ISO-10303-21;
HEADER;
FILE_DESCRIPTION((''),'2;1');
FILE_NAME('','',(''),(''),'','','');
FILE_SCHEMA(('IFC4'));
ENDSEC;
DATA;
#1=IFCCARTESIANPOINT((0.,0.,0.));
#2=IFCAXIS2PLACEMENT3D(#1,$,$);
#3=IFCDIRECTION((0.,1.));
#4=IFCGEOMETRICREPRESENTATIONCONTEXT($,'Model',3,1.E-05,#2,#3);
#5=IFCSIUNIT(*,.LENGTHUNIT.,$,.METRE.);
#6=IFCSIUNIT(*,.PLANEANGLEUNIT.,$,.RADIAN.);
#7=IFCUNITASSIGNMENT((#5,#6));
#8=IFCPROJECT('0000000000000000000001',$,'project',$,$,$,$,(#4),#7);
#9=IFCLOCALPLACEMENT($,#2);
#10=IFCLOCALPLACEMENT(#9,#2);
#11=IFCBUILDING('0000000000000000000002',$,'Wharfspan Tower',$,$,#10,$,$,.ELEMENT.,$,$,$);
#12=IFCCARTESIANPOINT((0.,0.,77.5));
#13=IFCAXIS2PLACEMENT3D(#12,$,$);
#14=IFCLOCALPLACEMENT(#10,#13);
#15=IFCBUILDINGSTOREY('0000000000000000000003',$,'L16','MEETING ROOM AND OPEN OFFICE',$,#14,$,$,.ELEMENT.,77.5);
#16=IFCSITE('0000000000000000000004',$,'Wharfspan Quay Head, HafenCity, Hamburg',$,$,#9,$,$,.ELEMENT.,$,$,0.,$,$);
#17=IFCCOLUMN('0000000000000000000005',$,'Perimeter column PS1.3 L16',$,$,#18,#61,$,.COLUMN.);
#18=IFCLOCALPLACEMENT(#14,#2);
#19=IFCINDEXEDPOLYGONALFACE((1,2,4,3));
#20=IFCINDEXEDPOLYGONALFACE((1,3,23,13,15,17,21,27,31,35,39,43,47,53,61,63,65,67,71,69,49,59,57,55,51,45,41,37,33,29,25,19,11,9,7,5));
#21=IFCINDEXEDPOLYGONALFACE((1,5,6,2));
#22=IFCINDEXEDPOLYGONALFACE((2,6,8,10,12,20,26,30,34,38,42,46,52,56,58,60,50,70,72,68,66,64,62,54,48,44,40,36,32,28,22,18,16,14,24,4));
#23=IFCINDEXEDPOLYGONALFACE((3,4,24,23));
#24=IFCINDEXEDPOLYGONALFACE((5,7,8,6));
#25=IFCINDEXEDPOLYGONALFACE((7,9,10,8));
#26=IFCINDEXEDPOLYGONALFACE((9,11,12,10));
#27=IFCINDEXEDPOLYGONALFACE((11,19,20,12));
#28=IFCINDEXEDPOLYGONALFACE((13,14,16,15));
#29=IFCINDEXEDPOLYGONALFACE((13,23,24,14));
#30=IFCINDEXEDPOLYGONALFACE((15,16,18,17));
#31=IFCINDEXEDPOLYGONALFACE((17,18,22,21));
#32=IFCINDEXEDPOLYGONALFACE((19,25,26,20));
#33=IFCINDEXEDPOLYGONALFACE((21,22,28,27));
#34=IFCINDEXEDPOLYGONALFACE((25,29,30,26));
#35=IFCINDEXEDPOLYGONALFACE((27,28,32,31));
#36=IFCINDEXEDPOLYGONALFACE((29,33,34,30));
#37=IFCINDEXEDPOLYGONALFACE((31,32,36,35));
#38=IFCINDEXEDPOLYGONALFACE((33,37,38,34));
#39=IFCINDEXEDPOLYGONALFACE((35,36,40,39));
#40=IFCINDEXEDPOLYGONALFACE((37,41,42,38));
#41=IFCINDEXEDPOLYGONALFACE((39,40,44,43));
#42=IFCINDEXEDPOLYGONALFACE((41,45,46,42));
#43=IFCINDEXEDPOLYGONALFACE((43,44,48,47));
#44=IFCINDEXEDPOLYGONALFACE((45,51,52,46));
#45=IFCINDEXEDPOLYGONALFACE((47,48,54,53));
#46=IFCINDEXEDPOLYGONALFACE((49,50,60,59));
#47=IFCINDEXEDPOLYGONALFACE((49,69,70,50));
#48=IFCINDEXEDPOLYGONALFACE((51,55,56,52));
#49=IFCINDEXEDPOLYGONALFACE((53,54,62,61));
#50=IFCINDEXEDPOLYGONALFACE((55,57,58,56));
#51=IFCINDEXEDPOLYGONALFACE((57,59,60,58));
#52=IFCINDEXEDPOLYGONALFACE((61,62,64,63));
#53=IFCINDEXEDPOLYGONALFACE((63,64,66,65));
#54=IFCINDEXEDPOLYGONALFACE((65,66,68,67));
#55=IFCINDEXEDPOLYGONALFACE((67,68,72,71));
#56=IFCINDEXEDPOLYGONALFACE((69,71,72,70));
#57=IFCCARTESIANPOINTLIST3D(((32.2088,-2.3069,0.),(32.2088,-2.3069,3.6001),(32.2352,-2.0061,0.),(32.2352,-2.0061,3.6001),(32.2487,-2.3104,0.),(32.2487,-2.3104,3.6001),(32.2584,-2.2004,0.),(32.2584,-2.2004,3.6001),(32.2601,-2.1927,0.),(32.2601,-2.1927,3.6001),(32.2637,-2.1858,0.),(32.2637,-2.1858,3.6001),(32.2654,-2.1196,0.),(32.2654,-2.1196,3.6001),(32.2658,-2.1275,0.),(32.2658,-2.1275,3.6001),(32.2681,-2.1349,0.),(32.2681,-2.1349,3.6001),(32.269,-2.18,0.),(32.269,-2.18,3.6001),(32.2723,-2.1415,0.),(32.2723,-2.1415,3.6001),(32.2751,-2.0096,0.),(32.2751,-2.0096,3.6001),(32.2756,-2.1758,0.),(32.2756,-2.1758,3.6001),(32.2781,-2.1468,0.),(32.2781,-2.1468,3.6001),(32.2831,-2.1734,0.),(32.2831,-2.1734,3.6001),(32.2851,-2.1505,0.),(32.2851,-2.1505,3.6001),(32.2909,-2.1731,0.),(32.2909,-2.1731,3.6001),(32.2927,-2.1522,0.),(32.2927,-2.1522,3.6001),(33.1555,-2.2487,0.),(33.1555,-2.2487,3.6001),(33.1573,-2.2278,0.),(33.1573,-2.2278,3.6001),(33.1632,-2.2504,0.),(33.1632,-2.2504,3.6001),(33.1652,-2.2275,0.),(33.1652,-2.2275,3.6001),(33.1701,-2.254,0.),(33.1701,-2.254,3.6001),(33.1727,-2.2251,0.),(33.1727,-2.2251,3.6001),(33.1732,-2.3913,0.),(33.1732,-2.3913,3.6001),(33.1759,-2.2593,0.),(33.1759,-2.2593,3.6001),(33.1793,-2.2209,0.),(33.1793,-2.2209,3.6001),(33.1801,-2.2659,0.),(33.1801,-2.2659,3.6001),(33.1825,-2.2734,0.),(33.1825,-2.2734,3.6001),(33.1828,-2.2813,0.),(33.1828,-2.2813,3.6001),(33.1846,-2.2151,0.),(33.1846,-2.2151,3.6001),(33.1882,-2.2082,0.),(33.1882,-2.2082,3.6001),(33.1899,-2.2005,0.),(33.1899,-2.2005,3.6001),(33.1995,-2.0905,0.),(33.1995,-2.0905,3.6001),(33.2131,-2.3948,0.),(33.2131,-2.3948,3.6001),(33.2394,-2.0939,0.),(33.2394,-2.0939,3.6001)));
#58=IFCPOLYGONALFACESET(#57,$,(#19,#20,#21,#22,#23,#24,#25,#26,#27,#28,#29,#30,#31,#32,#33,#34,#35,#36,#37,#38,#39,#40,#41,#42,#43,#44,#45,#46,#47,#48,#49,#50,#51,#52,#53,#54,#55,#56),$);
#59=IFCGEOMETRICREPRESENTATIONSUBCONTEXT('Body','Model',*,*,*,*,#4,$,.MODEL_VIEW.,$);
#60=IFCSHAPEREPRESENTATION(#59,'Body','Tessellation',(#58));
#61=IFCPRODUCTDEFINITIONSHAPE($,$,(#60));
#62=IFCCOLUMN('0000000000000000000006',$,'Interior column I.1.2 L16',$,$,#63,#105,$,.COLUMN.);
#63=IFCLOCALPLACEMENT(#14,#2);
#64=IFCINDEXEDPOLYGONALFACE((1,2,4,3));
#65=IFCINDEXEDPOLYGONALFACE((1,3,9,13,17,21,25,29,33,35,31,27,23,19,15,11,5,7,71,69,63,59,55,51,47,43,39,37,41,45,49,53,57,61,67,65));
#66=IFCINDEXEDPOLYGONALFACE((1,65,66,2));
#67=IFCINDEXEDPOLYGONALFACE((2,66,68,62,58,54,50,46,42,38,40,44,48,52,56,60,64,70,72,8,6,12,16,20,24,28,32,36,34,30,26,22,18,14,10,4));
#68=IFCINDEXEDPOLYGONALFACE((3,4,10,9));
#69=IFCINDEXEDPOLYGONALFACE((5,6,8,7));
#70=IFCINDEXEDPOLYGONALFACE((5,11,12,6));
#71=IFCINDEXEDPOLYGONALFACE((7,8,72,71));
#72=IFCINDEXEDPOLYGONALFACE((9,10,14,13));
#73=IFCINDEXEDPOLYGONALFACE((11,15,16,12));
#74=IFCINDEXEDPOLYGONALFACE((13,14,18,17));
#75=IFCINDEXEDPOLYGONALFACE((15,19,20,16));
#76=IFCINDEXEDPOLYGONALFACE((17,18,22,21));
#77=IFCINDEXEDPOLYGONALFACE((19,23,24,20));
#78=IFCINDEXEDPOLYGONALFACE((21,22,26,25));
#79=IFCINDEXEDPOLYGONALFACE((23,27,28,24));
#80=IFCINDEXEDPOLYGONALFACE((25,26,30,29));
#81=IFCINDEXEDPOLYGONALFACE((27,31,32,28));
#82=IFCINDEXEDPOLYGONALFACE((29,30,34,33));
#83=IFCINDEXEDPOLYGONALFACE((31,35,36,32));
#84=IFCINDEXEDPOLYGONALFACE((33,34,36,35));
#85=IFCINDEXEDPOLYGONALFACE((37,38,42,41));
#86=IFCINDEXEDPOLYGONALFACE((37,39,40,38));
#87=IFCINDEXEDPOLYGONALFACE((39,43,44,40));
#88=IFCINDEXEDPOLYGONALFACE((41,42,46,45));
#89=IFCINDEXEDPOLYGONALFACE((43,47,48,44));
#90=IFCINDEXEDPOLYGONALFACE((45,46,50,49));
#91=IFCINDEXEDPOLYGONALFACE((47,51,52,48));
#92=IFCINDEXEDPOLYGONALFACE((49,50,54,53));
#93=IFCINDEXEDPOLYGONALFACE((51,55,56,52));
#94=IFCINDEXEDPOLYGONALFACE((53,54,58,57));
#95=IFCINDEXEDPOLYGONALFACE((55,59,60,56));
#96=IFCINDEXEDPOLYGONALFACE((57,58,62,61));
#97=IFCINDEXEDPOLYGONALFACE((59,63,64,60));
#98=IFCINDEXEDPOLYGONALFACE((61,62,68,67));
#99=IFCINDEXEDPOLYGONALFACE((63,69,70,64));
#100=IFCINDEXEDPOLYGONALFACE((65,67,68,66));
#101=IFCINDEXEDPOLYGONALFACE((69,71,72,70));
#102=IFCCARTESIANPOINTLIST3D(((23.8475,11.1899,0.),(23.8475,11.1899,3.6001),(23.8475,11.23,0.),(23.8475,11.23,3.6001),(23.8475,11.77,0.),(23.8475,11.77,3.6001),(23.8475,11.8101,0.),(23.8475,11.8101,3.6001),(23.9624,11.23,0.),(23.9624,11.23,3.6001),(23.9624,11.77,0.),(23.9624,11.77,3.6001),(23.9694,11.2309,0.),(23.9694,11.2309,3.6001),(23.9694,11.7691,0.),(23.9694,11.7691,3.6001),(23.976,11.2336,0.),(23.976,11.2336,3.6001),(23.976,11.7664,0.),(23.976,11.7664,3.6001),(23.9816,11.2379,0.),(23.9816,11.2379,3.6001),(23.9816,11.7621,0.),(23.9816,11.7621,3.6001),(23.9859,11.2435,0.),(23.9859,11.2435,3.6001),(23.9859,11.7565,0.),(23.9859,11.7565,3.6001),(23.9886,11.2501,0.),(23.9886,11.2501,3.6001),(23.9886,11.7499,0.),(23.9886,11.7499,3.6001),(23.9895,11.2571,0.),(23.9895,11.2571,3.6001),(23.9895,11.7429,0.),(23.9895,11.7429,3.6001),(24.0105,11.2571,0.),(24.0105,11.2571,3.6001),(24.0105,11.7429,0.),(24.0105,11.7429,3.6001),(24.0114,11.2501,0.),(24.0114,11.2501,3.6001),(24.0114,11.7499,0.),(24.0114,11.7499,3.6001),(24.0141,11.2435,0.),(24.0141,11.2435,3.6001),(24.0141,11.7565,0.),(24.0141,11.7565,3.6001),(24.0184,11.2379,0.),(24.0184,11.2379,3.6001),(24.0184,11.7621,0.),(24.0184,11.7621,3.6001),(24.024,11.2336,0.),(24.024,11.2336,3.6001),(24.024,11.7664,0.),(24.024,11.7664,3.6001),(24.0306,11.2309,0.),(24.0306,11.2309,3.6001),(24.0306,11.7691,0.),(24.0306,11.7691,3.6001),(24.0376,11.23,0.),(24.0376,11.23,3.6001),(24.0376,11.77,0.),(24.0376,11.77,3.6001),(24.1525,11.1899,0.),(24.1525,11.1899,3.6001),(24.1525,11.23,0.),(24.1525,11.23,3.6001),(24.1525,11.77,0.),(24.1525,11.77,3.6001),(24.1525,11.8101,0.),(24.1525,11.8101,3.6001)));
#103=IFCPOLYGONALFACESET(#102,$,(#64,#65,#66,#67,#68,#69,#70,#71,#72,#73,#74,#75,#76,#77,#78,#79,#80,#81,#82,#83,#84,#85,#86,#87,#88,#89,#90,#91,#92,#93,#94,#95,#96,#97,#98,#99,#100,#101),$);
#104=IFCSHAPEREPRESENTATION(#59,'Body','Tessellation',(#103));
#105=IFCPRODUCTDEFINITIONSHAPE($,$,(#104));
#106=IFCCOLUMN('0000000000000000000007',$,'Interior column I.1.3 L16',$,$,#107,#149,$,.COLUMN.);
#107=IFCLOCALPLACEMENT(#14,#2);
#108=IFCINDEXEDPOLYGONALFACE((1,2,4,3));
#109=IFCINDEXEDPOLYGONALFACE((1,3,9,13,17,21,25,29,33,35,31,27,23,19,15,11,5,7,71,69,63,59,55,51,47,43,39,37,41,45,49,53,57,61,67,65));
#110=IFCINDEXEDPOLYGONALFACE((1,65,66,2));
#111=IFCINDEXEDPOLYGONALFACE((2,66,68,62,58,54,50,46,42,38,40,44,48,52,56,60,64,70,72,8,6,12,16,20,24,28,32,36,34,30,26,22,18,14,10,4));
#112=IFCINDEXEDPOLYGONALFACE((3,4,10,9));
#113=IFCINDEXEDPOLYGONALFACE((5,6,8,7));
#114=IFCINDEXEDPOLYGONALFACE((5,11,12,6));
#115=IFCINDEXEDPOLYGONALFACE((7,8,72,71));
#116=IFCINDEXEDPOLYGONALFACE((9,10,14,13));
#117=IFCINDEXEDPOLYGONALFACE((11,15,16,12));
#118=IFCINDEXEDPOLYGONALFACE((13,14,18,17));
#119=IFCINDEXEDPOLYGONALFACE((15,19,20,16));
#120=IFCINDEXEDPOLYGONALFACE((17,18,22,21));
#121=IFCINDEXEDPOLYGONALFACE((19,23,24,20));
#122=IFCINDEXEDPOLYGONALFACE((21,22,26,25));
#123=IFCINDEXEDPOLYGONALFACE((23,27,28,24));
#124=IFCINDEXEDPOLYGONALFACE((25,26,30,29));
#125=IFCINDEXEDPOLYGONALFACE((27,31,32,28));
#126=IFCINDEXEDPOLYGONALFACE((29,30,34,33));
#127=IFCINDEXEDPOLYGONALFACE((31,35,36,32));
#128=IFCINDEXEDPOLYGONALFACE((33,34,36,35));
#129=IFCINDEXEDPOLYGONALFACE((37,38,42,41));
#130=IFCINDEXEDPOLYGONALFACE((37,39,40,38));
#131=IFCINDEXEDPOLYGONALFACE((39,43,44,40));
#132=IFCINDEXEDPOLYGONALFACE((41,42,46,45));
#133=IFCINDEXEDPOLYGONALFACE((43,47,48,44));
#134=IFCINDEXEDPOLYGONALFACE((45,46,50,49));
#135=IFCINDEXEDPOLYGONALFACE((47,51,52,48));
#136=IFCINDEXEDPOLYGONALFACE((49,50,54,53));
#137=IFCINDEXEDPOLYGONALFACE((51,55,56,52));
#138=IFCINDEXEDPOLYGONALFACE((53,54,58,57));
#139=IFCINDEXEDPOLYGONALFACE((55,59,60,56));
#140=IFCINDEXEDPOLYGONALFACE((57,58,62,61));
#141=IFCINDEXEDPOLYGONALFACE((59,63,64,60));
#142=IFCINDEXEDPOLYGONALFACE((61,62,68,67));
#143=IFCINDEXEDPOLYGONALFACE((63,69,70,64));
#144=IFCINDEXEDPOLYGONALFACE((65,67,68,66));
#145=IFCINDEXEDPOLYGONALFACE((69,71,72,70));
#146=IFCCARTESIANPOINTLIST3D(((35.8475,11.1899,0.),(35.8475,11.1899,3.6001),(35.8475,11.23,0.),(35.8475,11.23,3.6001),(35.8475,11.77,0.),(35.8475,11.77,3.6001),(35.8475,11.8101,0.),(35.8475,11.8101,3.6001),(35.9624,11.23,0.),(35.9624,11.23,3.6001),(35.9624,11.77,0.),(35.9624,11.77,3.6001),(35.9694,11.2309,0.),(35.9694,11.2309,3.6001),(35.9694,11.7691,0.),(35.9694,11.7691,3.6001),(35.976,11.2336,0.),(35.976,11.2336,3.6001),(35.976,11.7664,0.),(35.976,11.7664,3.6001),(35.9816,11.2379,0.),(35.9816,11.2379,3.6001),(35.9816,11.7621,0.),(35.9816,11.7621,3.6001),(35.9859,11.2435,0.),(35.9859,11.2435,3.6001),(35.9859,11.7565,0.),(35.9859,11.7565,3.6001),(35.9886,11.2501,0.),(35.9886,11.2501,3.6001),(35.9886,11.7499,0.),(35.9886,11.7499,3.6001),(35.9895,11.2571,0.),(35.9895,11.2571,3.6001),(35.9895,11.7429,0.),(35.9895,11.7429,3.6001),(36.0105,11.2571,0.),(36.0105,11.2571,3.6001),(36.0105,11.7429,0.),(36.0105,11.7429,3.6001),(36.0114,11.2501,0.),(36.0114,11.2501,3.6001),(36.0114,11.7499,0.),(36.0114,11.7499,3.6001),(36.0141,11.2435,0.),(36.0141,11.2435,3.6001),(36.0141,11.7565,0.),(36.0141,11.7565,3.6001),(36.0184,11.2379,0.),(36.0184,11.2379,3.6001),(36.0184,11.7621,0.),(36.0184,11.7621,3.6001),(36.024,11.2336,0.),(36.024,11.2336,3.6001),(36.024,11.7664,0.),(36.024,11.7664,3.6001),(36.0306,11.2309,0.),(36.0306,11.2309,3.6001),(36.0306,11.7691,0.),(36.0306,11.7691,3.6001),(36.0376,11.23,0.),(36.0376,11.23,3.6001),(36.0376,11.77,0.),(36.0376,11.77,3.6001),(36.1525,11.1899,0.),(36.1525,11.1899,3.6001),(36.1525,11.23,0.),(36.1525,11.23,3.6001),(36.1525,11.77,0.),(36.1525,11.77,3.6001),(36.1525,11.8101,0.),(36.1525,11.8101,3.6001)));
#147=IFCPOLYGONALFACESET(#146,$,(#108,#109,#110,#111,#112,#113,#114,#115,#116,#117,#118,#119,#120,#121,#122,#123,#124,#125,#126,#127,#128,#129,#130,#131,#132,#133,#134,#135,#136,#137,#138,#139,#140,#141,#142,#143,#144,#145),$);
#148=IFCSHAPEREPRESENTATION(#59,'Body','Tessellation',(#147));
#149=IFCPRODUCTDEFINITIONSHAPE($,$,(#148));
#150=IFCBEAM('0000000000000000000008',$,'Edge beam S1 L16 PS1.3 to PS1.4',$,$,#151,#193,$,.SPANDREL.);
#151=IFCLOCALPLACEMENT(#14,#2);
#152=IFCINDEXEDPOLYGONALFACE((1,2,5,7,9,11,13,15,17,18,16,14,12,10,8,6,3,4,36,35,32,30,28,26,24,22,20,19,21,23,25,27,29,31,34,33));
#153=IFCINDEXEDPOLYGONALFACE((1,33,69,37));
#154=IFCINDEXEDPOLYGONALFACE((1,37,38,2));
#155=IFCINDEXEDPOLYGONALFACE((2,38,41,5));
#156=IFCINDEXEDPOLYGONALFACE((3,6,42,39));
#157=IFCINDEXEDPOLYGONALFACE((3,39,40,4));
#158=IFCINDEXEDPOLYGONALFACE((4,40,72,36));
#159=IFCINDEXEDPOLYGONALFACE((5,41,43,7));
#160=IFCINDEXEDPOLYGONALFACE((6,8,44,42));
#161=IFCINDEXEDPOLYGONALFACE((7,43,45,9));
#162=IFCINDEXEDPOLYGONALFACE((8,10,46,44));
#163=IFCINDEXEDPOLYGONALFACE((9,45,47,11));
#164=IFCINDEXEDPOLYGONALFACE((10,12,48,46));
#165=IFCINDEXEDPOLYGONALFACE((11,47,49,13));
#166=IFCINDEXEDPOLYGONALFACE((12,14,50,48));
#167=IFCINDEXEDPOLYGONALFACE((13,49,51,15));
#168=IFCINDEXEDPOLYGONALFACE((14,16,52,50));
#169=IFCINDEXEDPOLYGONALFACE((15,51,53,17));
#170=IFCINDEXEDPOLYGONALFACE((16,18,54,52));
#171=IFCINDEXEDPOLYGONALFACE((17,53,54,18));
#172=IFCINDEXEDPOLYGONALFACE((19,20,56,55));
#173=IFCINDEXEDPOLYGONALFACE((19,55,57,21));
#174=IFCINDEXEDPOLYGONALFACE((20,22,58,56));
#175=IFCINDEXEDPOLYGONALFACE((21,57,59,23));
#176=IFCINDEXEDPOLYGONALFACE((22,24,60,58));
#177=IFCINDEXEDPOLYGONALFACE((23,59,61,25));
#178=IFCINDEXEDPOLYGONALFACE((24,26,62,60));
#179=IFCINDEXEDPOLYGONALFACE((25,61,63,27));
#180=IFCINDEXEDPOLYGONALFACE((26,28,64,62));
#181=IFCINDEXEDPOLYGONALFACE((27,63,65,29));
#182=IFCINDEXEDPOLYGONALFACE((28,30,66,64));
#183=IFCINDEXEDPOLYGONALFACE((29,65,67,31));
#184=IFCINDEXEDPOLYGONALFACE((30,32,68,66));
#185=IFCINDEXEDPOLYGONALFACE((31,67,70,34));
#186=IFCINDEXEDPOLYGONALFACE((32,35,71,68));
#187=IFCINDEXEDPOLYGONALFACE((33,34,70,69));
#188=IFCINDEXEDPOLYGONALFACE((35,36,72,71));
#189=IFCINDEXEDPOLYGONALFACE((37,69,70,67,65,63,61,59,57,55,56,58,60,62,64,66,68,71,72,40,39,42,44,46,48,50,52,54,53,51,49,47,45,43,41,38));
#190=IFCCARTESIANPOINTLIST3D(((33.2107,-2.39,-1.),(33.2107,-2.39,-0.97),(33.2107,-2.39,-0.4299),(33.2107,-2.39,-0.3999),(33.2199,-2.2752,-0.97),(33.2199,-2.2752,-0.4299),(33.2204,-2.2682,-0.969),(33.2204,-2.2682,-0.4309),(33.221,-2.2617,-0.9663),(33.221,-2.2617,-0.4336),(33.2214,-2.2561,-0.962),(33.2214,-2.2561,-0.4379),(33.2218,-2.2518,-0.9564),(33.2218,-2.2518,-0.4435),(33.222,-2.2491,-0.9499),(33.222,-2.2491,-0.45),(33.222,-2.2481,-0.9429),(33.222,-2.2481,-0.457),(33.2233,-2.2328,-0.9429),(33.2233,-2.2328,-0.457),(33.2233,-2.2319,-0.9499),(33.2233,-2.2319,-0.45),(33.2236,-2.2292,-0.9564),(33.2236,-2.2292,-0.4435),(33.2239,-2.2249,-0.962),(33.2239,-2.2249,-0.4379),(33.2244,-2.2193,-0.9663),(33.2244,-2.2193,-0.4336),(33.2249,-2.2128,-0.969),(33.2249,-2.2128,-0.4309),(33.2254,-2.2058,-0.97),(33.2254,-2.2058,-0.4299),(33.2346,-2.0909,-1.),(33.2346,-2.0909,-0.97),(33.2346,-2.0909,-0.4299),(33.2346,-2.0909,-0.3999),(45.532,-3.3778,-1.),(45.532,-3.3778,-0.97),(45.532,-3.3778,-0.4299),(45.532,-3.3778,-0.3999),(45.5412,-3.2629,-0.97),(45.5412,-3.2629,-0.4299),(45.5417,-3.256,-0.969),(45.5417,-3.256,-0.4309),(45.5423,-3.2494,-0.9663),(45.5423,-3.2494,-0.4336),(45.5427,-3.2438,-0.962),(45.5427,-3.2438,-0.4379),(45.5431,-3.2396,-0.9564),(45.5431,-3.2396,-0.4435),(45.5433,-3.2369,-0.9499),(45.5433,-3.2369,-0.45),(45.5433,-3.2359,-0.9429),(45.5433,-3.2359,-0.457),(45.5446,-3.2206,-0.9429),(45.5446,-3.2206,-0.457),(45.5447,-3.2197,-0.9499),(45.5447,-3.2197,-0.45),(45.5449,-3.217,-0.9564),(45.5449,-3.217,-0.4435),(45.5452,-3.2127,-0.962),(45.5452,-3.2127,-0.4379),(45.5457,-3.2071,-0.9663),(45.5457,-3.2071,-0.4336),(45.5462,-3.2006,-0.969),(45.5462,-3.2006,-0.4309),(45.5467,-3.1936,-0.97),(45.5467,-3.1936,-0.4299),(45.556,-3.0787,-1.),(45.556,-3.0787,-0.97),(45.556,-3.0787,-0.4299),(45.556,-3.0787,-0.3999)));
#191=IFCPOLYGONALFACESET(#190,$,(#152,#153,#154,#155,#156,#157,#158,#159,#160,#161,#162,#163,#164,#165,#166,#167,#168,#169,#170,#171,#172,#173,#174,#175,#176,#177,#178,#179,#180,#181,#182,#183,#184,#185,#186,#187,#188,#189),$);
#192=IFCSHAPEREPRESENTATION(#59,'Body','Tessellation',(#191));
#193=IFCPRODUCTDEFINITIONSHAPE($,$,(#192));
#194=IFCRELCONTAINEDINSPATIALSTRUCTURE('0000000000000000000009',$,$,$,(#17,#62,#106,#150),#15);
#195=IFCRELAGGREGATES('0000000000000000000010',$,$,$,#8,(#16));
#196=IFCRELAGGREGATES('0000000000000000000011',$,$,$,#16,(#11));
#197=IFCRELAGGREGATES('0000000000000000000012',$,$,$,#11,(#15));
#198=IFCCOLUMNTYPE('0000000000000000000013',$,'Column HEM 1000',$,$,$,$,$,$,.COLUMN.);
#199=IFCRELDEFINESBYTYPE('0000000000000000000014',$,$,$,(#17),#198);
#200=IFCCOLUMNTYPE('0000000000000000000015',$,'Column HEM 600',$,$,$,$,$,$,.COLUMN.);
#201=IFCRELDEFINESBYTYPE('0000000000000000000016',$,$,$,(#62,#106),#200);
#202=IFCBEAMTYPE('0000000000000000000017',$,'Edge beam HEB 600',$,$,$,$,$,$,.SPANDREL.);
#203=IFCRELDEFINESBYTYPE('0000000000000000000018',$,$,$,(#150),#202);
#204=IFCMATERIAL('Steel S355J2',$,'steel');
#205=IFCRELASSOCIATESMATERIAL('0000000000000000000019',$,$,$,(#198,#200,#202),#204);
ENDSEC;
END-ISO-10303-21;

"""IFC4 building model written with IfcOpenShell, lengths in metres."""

from ifc_helpers import new_model, si_unit, direction, frame, origin, origin_2d, place, context, subcontext, project, spatial, i_section, extrude, material, material_profile, profile_set, type_object, element, save


model = new_model("IFC4")

# Units and contexts
model_context = context("Model", 3, precision=1e-05, world=origin(), true_north=direction((0.0, 1.0)))
body_context = subcontext(model_context, "Body", "Model", "MODEL_VIEW")
ifc_project = project(units=[si_unit("LENGTHUNIT", "METRE"), si_unit("PLANEANGLEUNIT", "RADIAN")], contexts=[model_context])

# Site, building, storey
site_placement = place(None, origin())
site = spatial("IfcSite", under=ifc_project, at=site_placement, Name="Wharfspan Quay Head, HafenCity, Hamburg", CompositionType="ELEMENT", RefElevation=0.0)
building_placement = place(site_placement, origin())
building = spatial("IfcBuilding", under=site, at=building_placement, Name="Wharfspan Tower", CompositionType="ELEMENT")
storey_placement = place(building_placement, frame((0.0, 0.0, 77.5)))
storey = spatial("IfcBuildingStorey", under=building, at=storey_placement, Name="L16", Description="MEETING ROOM AND OPEN OFFICE", CompositionType="ELEMENT", Elevation=77.5)

# Columns
ifc_material_1 = material(Name="Steel S355J2", Category="steel")
ifc_material_profile_1 = material_profile(ifc_material_1, i_section(OverallWidth=0.302, OverallDepth=1.0081, WebThickness=0.021, FlangeThickness=0.04, FilletRadius=0.03, at=origin_2d()))
ifc_profile_set_1 = profile_set([ifc_material_profile_1], Name="Steel S355J2")
column_type_1 = type_object("IfcColumnType", Name="Column HEM 1000", PredefinedType="COLUMN", material=ifc_profile_set_1)
column_placement = place(storey_placement, frame((32.7241, -2.2004, 0.0), z_axis=(0.0, 0.0, 1.0), x_axis=(-0.087156, -0.996198, 0.0)))
element("IfcColumn", 1, at=column_placement, inside=storey, type_object=column_type_1, Name="Perimeter column PS1.3 L16", PredefinedType="COLUMN", context=body_context, shape_type="SweptSolid", body=[
    extrude(i_section(OverallWidth=0.302, OverallDepth=1.0081, WebThickness=0.021, FlangeThickness=0.04, FilletRadius=0.03, at=origin_2d()), origin(), (0.0, 0.0, 1.0), 3.6001),
])
ifc_material_profile_2 = material_profile(ifc_material_1, i_section(OverallWidth=0.3049, OverallDepth=0.6201, WebThickness=0.021, FlangeThickness=0.04, FilletRadius=0.0271, at=origin_2d()))
ifc_profile_set_2 = profile_set([ifc_material_profile_2], Name="Steel S355J2")
column_type_2 = type_object("IfcColumnType", Name="Column HEM 600", PredefinedType="COLUMN", material=ifc_profile_set_2)
for number, where, z_axis, x_axis, name in (
    (2, (24.0, 11.5, 0.0), (0.0, 0.0, 1.0), (1.0, 0.0, 0.0), "Interior column I.1.2 L16"),
    (3, (36.0, 11.5, 0.0), (0.0, 0.0, 1.0), (1.0, 0.0, 0.0), "Interior column I.1.3 L16"),
):
    element("IfcColumn", number, at=place(storey_placement, frame(where, z_axis=z_axis, x_axis=x_axis)), inside=storey, type_object=column_type_2, Name=name, PredefinedType="COLUMN", context=body_context, shape_type="SweptSolid", body=[
        extrude(i_section(OverallWidth=0.3049, OverallDepth=0.6201, WebThickness=0.021, FlangeThickness=0.04, FilletRadius=0.0271, at=origin_2d()), origin(), (0.0, 0.0, 1.0), 3.6001),
    ])

# Beam
ifc_material_profile_3 = material_profile(ifc_material_1, i_section(OverallWidth=0.3, OverallDepth=0.6001, WebThickness=0.0154, FlangeThickness=0.03, FilletRadius=0.0271, at=origin_2d()))
ifc_profile_set_3 = profile_set([ifc_material_profile_3], Name="Steel S355J2")
beam_type = type_object("IfcBeamType", Name="Edge beam HEB 600", PredefinedType="SPANDREL", material=ifc_profile_set_3)
beam_placement = place(storey_placement, frame((33.2227, -2.2405, -0.7), z_axis=(0.996802, -0.079913, 0.0), x_axis=(0.079913, 0.996802, 0.0)))
element("IfcBeam", 4, at=beam_placement, inside=storey, type_object=beam_type, Name="Edge beam S1 L16 PS1.3 to PS1.4", PredefinedType="SPANDREL", context=body_context, shape_type="SweptSolid", body=[
    extrude(i_section(OverallWidth=0.3, OverallDepth=0.6001, WebThickness=0.0154, FlangeThickness=0.03, FilletRadius=0.0271, at=origin_2d()), origin(), (0.0, 0.0, 1.0), 12.3608),
])

save(model, "model.ifc")
